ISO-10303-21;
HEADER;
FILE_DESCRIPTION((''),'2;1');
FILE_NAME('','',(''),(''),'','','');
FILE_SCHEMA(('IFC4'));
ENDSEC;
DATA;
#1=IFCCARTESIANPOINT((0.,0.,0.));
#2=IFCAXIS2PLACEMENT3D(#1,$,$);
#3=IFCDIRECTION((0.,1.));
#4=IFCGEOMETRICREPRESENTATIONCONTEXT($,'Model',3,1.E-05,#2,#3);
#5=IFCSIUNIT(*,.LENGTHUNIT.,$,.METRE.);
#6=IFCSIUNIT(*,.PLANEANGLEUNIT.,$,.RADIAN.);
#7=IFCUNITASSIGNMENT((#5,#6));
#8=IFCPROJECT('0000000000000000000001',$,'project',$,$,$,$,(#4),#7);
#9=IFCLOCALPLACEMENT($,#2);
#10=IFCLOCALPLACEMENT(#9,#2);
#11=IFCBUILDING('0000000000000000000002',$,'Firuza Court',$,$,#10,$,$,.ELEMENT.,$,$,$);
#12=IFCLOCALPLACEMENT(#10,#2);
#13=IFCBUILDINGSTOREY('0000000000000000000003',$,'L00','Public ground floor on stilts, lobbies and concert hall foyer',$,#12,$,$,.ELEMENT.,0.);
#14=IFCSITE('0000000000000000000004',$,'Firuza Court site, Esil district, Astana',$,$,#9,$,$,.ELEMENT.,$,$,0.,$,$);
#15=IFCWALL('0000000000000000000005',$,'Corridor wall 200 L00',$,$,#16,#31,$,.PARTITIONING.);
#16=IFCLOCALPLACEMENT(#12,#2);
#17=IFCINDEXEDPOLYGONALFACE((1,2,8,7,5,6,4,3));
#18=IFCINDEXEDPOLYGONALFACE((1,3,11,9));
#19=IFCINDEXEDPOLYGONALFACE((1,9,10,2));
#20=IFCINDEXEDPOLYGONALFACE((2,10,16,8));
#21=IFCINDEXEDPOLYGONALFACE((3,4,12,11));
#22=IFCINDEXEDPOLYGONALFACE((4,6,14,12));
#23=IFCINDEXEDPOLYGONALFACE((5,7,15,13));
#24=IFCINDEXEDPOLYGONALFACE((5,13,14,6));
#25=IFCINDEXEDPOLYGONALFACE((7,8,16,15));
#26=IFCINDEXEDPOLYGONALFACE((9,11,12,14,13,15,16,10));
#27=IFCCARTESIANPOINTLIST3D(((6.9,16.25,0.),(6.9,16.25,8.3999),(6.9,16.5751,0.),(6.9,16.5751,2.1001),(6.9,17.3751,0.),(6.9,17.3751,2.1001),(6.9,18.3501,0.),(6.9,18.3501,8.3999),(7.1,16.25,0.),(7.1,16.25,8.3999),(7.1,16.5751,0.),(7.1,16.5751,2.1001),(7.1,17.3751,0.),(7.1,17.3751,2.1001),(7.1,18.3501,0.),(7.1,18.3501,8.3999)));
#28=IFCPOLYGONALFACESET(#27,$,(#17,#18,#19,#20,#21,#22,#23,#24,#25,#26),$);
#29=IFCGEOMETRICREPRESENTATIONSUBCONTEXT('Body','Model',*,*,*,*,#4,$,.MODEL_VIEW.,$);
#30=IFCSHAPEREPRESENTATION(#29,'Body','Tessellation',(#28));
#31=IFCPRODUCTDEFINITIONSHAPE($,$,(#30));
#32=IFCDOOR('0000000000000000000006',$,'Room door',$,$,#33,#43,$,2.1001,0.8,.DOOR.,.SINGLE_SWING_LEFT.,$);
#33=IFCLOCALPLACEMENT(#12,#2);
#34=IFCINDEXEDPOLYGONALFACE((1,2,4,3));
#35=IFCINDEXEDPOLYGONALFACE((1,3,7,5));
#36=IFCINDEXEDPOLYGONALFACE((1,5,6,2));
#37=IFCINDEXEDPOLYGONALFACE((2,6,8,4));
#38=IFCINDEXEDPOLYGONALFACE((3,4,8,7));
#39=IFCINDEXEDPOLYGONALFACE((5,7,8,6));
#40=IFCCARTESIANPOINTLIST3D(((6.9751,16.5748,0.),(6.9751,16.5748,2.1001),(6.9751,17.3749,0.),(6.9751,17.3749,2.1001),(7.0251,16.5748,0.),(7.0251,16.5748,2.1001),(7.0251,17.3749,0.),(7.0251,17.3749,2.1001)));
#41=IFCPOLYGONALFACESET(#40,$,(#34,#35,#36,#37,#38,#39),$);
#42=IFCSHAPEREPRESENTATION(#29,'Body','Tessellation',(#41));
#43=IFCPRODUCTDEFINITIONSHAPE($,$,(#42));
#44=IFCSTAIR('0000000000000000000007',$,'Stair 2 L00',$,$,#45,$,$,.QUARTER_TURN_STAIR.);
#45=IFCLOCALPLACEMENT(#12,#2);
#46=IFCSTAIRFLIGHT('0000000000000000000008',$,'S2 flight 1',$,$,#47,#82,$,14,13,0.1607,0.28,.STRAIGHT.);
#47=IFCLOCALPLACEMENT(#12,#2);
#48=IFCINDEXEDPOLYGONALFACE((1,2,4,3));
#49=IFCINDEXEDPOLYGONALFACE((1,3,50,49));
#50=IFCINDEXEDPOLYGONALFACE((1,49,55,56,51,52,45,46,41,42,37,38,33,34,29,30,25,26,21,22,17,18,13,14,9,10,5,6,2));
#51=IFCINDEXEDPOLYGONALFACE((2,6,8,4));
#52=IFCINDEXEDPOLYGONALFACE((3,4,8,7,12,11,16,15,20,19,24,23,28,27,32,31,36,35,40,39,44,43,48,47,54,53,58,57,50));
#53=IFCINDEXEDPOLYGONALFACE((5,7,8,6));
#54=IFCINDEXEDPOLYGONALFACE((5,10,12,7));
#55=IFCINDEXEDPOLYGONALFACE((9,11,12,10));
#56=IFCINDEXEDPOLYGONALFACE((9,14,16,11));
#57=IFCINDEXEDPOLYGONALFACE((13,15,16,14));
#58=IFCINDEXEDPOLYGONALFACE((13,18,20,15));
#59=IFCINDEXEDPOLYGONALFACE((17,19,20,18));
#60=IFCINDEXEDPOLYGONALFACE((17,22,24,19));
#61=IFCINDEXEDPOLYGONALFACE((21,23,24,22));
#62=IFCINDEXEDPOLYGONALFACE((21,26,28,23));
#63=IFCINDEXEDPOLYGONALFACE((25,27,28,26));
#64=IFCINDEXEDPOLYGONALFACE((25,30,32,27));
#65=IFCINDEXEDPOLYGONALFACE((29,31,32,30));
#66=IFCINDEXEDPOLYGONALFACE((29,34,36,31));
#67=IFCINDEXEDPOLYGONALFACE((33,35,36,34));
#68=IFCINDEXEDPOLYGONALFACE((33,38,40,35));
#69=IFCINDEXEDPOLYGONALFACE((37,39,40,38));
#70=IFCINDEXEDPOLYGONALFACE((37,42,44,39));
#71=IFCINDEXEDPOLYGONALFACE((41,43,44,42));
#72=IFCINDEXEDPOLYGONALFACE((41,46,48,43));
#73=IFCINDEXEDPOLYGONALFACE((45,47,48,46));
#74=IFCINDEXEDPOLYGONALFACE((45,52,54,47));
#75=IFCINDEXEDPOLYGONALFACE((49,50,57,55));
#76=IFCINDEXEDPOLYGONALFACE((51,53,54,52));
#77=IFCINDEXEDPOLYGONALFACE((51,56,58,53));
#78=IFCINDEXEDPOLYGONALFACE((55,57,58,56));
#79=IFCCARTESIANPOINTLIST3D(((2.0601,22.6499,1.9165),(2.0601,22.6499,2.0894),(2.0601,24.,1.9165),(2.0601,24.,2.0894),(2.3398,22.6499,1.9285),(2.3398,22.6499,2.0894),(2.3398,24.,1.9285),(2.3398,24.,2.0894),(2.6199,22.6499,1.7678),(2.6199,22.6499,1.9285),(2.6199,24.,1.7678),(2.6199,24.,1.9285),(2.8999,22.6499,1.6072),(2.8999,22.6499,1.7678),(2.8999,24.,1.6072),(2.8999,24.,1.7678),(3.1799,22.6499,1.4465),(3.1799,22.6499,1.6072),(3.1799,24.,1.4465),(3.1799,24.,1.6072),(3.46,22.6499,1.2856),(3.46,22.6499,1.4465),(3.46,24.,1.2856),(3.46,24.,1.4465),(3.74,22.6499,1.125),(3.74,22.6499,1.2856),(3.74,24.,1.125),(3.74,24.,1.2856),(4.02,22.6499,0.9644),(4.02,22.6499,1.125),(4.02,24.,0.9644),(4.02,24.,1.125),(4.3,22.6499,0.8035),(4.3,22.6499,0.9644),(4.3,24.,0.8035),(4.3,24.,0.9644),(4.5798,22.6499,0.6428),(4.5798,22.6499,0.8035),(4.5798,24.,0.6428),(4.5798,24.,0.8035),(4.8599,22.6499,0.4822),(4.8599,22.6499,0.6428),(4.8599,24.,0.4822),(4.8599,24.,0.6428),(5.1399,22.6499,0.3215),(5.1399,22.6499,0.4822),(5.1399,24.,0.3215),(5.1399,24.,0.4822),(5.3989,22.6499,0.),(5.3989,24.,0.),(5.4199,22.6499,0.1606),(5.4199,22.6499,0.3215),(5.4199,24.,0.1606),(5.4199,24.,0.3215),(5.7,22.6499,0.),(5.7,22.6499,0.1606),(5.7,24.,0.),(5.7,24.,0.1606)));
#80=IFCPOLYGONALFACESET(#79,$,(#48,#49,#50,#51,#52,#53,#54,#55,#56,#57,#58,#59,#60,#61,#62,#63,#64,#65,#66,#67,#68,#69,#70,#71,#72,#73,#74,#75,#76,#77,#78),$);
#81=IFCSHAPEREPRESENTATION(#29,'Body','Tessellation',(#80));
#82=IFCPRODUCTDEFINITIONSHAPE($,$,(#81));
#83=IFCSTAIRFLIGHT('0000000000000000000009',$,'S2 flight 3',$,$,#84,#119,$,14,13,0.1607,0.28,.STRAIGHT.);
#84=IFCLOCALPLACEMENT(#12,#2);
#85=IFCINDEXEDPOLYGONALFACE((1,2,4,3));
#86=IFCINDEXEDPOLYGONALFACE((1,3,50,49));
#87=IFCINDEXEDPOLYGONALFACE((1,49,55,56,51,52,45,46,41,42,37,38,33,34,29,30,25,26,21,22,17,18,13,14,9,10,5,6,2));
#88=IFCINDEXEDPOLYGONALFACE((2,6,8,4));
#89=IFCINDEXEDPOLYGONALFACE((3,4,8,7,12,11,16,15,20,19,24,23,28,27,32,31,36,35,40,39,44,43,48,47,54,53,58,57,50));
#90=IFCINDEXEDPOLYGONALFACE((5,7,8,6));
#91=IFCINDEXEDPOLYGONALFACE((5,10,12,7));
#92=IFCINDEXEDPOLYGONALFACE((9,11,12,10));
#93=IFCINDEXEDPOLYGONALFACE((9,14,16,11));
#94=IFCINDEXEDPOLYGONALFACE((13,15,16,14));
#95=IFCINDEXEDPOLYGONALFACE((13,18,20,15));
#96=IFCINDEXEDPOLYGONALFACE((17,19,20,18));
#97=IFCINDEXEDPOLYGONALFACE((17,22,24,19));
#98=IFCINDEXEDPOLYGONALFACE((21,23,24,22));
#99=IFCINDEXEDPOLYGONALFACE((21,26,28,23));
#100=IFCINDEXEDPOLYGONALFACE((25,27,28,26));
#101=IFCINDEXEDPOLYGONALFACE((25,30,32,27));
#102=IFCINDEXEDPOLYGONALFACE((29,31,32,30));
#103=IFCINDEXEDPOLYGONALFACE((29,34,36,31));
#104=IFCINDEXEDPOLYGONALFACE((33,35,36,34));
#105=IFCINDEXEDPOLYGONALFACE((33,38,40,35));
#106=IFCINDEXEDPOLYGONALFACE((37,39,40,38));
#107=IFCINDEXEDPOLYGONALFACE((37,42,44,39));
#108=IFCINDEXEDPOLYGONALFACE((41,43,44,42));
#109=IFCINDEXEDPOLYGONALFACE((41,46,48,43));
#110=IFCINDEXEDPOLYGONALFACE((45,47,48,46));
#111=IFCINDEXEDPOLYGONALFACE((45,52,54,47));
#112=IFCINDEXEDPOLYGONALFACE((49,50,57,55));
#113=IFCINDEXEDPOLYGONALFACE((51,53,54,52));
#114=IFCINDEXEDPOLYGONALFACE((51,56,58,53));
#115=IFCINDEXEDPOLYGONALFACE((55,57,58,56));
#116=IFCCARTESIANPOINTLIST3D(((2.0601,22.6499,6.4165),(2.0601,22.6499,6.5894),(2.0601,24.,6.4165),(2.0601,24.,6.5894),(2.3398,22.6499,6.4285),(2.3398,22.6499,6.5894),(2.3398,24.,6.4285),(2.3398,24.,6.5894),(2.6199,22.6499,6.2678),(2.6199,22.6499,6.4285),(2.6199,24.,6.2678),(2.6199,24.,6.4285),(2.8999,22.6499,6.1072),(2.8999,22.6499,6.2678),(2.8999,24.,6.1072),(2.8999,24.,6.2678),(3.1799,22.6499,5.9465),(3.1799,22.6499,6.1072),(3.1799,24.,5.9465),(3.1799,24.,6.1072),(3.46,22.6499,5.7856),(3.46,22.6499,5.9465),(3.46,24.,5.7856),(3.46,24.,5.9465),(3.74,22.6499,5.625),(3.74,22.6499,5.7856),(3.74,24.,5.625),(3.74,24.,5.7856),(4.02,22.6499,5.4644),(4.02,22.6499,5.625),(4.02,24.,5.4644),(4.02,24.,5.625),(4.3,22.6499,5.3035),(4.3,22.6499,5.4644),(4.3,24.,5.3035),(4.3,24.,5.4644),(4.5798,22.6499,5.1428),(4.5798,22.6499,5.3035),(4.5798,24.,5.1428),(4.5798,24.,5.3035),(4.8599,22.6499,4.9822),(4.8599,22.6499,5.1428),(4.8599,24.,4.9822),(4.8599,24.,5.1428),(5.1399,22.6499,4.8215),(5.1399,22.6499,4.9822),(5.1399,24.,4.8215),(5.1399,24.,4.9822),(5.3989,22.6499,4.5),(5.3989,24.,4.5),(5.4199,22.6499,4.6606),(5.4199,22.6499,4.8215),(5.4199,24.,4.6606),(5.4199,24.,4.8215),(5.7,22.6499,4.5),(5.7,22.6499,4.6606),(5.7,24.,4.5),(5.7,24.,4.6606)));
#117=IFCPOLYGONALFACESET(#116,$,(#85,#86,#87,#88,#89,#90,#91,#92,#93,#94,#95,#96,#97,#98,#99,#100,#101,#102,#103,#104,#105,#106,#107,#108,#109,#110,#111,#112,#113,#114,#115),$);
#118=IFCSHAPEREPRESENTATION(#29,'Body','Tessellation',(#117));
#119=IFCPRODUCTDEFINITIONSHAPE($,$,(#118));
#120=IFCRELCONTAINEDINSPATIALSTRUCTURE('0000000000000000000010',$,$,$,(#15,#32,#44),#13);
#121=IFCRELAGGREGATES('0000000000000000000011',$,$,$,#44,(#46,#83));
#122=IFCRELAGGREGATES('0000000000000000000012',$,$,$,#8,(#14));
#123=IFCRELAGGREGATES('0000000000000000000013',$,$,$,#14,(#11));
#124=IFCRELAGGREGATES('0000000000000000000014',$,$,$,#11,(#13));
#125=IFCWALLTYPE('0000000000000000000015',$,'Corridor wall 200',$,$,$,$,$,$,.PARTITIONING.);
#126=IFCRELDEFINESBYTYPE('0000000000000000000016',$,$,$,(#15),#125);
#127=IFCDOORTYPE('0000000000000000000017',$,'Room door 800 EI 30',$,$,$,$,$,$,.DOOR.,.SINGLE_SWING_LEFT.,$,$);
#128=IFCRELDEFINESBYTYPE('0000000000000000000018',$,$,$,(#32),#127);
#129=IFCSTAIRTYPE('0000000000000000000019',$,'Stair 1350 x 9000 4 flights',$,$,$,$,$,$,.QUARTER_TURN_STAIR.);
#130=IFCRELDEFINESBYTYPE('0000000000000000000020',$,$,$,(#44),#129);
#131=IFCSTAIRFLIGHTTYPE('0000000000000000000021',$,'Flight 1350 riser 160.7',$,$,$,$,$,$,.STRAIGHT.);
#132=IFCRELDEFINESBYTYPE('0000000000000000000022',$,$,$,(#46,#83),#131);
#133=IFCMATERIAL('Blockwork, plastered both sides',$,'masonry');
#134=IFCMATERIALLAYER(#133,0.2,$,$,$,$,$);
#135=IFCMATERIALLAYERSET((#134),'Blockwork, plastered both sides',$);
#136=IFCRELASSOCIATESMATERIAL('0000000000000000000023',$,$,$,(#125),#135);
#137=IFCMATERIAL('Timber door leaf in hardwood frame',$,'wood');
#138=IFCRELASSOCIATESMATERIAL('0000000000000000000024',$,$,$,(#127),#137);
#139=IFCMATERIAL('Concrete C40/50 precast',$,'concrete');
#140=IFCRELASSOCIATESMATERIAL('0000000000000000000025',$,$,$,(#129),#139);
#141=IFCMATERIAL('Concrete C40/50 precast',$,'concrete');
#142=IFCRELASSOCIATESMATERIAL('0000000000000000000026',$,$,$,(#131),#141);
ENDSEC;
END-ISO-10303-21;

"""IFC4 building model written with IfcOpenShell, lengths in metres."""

from ifc_helpers import new_model, si_unit, direction, frame, frame_2d, origin, place, context, subcontext, project, spatial, polyline, rectangle, outline, extrude, material, layer, layer_set, type_object, element, fill, aggregate, save


model = new_model("IFC4")

# Units and contexts
model_context = context("Model", 3, precision=1e-05, world=origin(), true_north=direction((0.0, 1.0)))
body_context = subcontext(model_context, "Body", "Model", "MODEL_VIEW")
ifc_project = project(units=[si_unit("LENGTHUNIT", "METRE"), si_unit("PLANEANGLEUNIT", "RADIAN")], contexts=[model_context])

# Site, building, storey
site_placement = place(None, origin())
site = spatial("IfcSite", under=ifc_project, at=site_placement, Name="Firuza Court site, Esil district, Astana", CompositionType="ELEMENT", RefElevation=0.0)
building_placement = place(site_placement, origin())
building = spatial("IfcBuilding", under=site, at=building_placement, Name="Firuza Court", CompositionType="ELEMENT")
storey_placement = place(building_placement, origin())
storey = spatial("IfcBuildingStorey", under=building, at=storey_placement, Name="L00", Description="Public ground floor on stilts, lobbies and concert hall foyer", CompositionType="ELEMENT", Elevation=0.0)

# Wall, opening, door
ifc_material_1 = material(Name="Blockwork, plastered both sides", Category="masonry")
ifc_layer_1 = layer(ifc_material_1, 0.2)
ifc_layer_set_1 = layer_set([ifc_layer_1], Name="Blockwork, plastered both sides")
wall_type_1 = type_object("IfcWallType", Name="Corridor wall 200", PredefinedType="PARTITIONING", material=ifc_layer_set_1)
ifc_material_2 = material(Name="Timber door leaf in hardwood frame", Category="wood")
door_type_1 = type_object("IfcDoorType", Name="Room door 800 EI 30", OperationType="SINGLE_SWING_LEFT", PredefinedType="DOOR", material=ifc_material_2)
wall_1_placement = place(storey_placement, frame((7.0, 18.3501, 0.0), z_axis=(0.0, 0.0, 1.0), x_axis=(0.0, -1.0, 0.0)))
wall_1 = element("IfcWall", 1, at=wall_1_placement, inside=storey, type_object=wall_type_1, Name="Corridor wall 200 L00", PredefinedType="PARTITIONING", context=body_context, shape_type="SweptSolid", body=[
    extrude(rectangle(XDim=2.1001, YDim=0.2, at=frame_2d((1.05, 0.0))), origin(), (0.0, 0.0, 1.0), 8.3999),
])
opening_1_placement = place(wall_1_placement, frame((0.9751, 0.0, 0.0)))
opening_1 = element("IfcOpeningElement", 2, at=opening_1_placement, cuts=wall_1, PredefinedType="OPENING", context=body_context, shape_type="SweptSolid", body=[
    extrude(rectangle(XDim=0.8, YDim=2.1001, at=frame_2d((0.3999, 1.05))), frame((0.0, 0.1118, 0.0), z_axis=(0.0, -1.0, 0.0), x_axis=(1.0, 0.0, 0.0)), (0.0, 0.0, 1.0), 0.2239),
])
door_1_placement = place(opening_1_placement, frame((0.8, 0.0, 0.0), z_axis=(0.0, 0.0, 1.0), x_axis=(-1.0, 0.0, 0.0)))
door_1 = element("IfcDoor", 3, at=door_1_placement, inside=storey, type_object=door_type_1, Name="Room door", OperationType="SINGLE_SWING_LEFT", OverallHeight=2.1001, OverallWidth=0.8, PredefinedType="DOOR", context=body_context, shape_type="SweptSolid", body=[
    extrude(rectangle(XDim=0.8, YDim=2.1001, at=frame_2d((0.3999, 1.05))), frame((0.0, 0.0249, 0.0), z_axis=(0.0, -1.0, 0.0), x_axis=(1.0, 0.0, 0.0)), (0.0, 0.0, 1.0), 0.05),
])
fill(opening_1, door_1)

# Stair, stair flights
ifc_material_3 = material(Name="Concrete C40/50 precast", Category="concrete")
stair_type = type_object("IfcStairType", Name="Stair 1350 x 9000 4 flights", PredefinedType="QUARTER_TURN_STAIR", material=ifc_material_3)
stair_placement = place(storey_placement, origin())
stair = element("IfcStair", 4, at=stair_placement, inside=storey, type_object=stair_type, Name="Stair 2 L00", PredefinedType="QUARTER_TURN_STAIR")
ifc_material_4 = material(Name="Concrete C40/50 precast", Category="concrete")
stair_flight_type = type_object("IfcStairFlightType", Name="Flight 1350 riser 160.7", PredefinedType="STRAIGHT", material=ifc_material_4)
stair_flight_1_placement = place(storey_placement, frame((5.7, 23.325, 0.0), z_axis=(0.0, 0.0, 1.0), x_axis=(-1.0, 0.0, 0.0)))
stair_flight_1 = element("IfcStairFlight", 5, at=stair_flight_1_placement, type_object=stair_flight_type, Name="S2 flight 1", NumberOfRisers=14, NumberOfTreads=13, PredefinedType="STRAIGHT", RiserHeight=0.1607, TreadLength=0.28, context=body_context, shape_type="SweptSolid", body=[
    extrude(outline(polyline([(0.0, 0.0), (0.0, 0.1606), (0.28, 0.1606), (0.28, 0.3215), (0.5601, 0.3215), (0.5601, 0.4822), (0.8401, 0.4822), (0.8401, 0.6428), (1.1201, 0.6428), (1.1201, 0.8035), (1.3999, 0.8035), (1.3999, 0.9644), (1.6799, 0.9644), (1.6799, 1.125), (1.96, 1.125), (1.96, 1.2856), (2.24, 1.2856), (2.24, 1.4465), (2.52, 1.4465), (2.52, 1.6072), (2.8, 1.6072), (2.8, 1.7678), (3.0801, 1.7678), (3.0801, 1.9285), (3.3601, 1.9285), (3.3601, 2.0894), (3.6399, 2.0894), (3.6399, 2.25), (3.6399, 1.9165), (0.301, 0.0), (0.0, 0.0)])), frame((0.0, 0.675, 0.0), z_axis=(0.0, -1.0, 0.0), x_axis=(1.0, 0.0, 0.0)), (0.0, 0.0, 1.0), 1.3501),
])
stair_flight_2_placement = place(storey_placement, frame((5.7, 23.325, 4.5), z_axis=(0.0, 0.0, 1.0), x_axis=(-1.0, 0.0, 0.0)))
stair_flight_2 = element("IfcStairFlight", 6, at=stair_flight_2_placement, type_object=stair_flight_type, Name="S2 flight 3", NumberOfRisers=14, NumberOfTreads=13, PredefinedType="STRAIGHT", RiserHeight=0.1607, TreadLength=0.28, context=body_context, shape_type="SweptSolid", body=[
    extrude(outline(polyline([(0.0, 0.0), (0.0, 0.1606), (0.28, 0.1606), (0.28, 0.3215), (0.5601, 0.3215), (0.5601, 0.4822), (0.8401, 0.4822), (0.8401, 0.6428), (1.1201, 0.6428), (1.1201, 0.8035), (1.3999, 0.8035), (1.3999, 0.9644), (1.6799, 0.9644), (1.6799, 1.125), (1.96, 1.125), (1.96, 1.2856), (2.24, 1.2856), (2.24, 1.4465), (2.52, 1.4465), (2.52, 1.6072), (2.8, 1.6072), (2.8, 1.7678), (3.0801, 1.7678), (3.0801, 1.9285), (3.3601, 1.9285), (3.3601, 2.0894), (3.6399, 2.0894), (3.6399, 2.25), (3.6399, 1.9165), (0.301, 0.0), (0.0, 0.0)])), frame((0.0, 0.675, 0.0), z_axis=(0.0, -1.0, 0.0), x_axis=(1.0, 0.0, 0.0)), (0.0, 0.0, 1.0), 1.3501),
])
aggregate(stair, [stair_flight_1, stair_flight_2])

save(model, "model.ifc")
